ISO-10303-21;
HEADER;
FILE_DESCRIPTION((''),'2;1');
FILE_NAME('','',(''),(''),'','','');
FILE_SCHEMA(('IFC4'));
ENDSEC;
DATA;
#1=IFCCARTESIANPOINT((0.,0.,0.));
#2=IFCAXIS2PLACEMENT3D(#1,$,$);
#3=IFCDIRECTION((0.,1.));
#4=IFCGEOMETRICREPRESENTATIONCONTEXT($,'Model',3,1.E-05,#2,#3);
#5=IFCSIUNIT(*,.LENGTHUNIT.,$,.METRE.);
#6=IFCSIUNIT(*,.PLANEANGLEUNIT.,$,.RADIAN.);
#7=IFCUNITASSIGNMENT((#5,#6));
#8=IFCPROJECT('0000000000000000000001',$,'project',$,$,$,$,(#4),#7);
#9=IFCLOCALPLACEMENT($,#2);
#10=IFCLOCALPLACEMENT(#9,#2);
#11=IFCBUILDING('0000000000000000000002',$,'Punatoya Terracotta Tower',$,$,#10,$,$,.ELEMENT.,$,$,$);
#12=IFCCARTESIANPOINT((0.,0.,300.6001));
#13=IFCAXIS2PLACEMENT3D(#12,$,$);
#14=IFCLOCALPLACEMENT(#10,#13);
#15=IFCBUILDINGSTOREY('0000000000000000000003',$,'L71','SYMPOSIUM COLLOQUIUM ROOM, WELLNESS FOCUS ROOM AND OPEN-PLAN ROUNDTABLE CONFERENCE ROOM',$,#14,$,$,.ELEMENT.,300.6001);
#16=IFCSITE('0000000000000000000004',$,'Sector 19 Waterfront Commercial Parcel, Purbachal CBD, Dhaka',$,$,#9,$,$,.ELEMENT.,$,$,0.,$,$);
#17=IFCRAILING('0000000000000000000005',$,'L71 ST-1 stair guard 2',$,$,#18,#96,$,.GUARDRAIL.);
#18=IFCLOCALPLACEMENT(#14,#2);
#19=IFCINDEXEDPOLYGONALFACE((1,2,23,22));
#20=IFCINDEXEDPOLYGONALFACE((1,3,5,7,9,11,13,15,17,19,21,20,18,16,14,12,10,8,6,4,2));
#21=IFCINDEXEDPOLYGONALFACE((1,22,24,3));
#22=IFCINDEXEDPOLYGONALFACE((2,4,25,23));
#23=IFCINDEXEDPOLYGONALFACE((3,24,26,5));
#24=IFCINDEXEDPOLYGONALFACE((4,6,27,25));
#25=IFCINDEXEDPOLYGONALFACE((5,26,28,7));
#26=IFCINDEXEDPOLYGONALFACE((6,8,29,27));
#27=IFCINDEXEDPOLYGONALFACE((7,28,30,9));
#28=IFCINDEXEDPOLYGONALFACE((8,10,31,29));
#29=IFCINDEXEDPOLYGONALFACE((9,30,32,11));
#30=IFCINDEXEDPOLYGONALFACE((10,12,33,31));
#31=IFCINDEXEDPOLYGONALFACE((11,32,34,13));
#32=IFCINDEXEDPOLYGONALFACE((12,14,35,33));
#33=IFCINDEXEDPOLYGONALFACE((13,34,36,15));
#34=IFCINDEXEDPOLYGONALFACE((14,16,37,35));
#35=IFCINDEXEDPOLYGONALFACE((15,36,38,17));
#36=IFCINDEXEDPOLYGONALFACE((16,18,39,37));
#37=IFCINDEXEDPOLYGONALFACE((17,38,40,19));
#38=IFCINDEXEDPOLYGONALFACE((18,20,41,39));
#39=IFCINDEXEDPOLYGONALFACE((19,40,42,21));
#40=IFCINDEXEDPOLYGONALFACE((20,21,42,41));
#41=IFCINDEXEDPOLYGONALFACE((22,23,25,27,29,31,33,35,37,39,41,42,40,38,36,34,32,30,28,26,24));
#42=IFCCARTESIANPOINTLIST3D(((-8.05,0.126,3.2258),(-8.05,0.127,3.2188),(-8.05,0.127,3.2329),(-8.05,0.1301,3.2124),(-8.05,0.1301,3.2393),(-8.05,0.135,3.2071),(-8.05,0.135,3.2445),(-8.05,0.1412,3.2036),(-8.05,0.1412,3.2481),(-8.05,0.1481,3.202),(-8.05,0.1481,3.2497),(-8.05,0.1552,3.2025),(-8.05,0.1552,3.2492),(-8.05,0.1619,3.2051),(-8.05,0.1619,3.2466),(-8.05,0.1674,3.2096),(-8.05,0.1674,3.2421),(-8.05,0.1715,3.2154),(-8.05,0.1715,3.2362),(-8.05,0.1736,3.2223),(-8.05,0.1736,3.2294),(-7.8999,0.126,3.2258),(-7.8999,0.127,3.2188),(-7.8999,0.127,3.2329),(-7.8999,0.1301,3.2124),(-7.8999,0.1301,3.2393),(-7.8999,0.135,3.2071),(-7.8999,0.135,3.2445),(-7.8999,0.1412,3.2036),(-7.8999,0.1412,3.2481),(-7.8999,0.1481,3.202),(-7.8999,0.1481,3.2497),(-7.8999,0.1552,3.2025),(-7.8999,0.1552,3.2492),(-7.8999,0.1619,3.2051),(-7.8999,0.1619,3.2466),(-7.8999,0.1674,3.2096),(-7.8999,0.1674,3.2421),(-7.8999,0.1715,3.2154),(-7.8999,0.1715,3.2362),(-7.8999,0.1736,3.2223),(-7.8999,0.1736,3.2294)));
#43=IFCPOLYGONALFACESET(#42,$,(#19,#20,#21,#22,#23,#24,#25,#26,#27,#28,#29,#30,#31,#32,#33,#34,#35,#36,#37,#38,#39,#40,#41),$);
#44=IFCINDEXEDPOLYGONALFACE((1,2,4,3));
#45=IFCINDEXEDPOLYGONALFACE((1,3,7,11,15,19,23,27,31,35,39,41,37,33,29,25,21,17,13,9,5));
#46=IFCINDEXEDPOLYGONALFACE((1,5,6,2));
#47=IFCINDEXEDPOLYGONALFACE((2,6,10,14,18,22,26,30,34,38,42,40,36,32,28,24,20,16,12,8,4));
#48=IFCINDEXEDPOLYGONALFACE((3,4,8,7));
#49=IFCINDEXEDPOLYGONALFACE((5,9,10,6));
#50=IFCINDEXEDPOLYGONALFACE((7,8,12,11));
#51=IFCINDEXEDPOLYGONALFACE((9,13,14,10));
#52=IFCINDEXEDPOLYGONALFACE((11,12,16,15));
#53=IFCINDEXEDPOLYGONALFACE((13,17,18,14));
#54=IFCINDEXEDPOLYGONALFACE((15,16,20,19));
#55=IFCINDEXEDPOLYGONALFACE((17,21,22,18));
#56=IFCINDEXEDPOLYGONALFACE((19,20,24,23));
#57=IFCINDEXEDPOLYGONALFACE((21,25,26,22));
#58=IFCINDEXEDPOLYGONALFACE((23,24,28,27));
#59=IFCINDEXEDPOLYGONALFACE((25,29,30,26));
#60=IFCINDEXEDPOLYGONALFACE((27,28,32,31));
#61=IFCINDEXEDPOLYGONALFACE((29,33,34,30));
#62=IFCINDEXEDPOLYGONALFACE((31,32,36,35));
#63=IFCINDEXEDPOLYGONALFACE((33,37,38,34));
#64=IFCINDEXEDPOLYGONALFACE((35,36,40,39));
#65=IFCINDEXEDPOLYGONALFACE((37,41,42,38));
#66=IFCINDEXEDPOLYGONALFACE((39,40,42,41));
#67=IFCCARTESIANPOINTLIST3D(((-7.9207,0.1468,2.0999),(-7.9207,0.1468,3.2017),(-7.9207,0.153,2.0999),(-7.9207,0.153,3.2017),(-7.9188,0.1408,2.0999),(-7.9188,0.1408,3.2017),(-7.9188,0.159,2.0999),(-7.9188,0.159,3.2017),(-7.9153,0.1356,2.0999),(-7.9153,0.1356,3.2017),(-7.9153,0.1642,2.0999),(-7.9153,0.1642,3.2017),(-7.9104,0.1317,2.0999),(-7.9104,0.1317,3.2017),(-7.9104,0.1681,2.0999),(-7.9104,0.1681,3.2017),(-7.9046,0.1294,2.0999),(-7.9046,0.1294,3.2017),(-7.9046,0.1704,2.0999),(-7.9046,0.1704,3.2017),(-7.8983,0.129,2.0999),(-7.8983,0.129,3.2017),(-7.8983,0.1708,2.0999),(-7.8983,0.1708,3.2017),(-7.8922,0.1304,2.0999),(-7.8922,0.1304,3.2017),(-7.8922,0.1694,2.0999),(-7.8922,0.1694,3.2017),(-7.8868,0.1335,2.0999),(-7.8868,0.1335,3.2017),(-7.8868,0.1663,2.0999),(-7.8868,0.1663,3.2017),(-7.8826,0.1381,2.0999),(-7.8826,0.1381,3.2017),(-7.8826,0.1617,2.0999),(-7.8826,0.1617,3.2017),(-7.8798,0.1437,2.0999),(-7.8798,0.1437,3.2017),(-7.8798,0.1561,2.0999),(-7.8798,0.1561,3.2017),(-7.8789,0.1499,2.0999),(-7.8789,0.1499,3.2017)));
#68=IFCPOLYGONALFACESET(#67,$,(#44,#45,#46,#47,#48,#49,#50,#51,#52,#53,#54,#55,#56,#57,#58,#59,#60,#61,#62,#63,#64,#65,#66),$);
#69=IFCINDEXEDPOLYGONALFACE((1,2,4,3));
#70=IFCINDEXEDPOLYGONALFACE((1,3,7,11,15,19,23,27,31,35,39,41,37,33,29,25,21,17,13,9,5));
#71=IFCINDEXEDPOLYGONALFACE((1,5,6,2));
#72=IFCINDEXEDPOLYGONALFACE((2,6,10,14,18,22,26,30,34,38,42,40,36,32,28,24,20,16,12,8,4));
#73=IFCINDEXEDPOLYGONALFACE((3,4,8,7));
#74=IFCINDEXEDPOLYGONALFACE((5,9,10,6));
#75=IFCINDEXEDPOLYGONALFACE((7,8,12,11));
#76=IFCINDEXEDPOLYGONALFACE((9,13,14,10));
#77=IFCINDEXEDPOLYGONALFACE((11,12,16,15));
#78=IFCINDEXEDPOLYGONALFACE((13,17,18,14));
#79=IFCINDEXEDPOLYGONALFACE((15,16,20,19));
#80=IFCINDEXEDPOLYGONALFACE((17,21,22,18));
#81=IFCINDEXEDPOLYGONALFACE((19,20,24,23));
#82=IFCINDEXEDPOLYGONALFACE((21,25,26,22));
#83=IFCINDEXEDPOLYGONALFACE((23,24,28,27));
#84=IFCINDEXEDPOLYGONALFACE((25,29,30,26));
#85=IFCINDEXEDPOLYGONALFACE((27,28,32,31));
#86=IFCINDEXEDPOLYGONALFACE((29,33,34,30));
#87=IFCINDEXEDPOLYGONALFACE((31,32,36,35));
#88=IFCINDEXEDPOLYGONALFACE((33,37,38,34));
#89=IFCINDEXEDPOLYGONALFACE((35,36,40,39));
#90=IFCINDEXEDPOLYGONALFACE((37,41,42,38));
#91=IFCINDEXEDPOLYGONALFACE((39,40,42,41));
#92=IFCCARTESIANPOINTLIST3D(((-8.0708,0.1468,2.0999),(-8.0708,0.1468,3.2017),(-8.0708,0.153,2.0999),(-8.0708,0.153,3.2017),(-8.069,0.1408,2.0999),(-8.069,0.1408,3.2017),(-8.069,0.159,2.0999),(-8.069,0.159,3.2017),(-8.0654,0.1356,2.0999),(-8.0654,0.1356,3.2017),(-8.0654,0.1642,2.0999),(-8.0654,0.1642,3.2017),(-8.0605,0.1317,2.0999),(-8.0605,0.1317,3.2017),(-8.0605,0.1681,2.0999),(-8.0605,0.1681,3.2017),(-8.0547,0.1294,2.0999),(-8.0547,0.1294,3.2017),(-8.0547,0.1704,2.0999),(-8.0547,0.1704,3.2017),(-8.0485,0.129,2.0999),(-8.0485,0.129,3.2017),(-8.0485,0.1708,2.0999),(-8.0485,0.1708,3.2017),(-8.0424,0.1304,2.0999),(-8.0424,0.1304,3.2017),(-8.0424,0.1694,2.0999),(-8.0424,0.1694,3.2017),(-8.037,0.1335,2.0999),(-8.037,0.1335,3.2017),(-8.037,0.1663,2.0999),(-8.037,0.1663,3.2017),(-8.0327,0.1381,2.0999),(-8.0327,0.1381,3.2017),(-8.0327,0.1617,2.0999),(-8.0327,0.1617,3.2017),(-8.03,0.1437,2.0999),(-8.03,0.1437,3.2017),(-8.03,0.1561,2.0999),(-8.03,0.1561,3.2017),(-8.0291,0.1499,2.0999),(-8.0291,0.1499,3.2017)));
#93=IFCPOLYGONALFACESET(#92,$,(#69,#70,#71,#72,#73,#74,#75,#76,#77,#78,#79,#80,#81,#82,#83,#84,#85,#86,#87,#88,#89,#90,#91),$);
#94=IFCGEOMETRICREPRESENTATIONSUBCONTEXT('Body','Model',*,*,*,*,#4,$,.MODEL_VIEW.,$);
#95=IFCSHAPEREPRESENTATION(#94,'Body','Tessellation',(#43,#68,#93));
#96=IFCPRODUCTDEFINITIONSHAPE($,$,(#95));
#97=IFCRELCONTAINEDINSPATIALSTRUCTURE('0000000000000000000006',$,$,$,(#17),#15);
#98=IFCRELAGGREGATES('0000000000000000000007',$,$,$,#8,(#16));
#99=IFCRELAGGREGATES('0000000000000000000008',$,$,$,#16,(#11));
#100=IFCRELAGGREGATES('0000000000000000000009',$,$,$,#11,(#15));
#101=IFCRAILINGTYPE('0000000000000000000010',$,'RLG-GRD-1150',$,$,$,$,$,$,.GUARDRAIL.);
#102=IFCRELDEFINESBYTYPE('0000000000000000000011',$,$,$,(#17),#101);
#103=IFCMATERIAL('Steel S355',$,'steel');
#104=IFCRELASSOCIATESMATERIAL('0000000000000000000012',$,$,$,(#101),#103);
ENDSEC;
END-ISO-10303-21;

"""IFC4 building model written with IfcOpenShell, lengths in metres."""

from ifc_helpers import new_model, si_unit, direction, frame, origin, origin_2d, place, context, subcontext, project, spatial, circle, extrude, material, type_object, element, save


model = new_model("IFC4")

# Units and contexts
model_context = context("Model", 3, precision=1e-05, world=origin(), true_north=direction((0.0, 1.0)))
body_context = subcontext(model_context, "Body", "Model", "MODEL_VIEW")
ifc_project = project(units=[si_unit("LENGTHUNIT", "METRE"), si_unit("PLANEANGLEUNIT", "RADIAN")], contexts=[model_context])

# Site, building, storey
site_placement = place(None, origin())
site = spatial("IfcSite", under=ifc_project, at=site_placement, Name="Sector 19 Waterfront Commercial Parcel, Purbachal CBD, Dhaka", CompositionType="ELEMENT", RefElevation=0.0)
building_placement = place(site_placement, origin())
building = spatial("IfcBuilding", under=site, at=building_placement, Name="Punatoya Terracotta Tower", CompositionType="ELEMENT")
storey_placement = place(building_placement, frame((0.0, 0.0, 300.6001)))
storey = spatial("IfcBuildingStorey", under=building, at=storey_placement, Name="L71", Description="SYMPOSIUM COLLOQUIUM ROOM, WELLNESS FOCUS ROOM AND OPEN-PLAN ROUNDTABLE CONFERENCE ROOM", CompositionType="ELEMENT", Elevation=300.6001)

# Shared definitions
ifc_material_1 = material(Name="Steel S355", Category="steel")

# Railing
railing_type_1 = type_object("IfcRailingType", Name="RLG-GRD-1150", PredefinedType="GUARDRAIL", material=ifc_material_1)
railing_1_placement = place(storey_placement, frame((-7.8999, 0.1499, 2.0999)))
element("IfcRailing", 1, at=railing_1_placement, inside=storey, type_object=railing_type_1, Name="L71 ST-1 stair guard 2", PredefinedType="GUARDRAIL", context=body_context, shape_type="SweptSolid", body=[
    extrude(circle(Radius=0.0239, at=origin_2d()), frame((0.0, 0.0, 1.126), z_axis=(-1.0, 0.0, 0.0), x_axis=(0.0, -1.0, 0.0)), (0.0, 0.0, 1.0), 0.1501),
    extrude(circle(Radius=0.021, at=origin_2d()), origin(), (0.0, 0.0, 1.0), 1.1018),
    extrude(circle(Radius=0.021, at=origin_2d()), frame((-0.1501, 0.0, 0.0)), (0.0, 0.0, 1.0), 1.1018),
])

save(model, "model.ifc")
